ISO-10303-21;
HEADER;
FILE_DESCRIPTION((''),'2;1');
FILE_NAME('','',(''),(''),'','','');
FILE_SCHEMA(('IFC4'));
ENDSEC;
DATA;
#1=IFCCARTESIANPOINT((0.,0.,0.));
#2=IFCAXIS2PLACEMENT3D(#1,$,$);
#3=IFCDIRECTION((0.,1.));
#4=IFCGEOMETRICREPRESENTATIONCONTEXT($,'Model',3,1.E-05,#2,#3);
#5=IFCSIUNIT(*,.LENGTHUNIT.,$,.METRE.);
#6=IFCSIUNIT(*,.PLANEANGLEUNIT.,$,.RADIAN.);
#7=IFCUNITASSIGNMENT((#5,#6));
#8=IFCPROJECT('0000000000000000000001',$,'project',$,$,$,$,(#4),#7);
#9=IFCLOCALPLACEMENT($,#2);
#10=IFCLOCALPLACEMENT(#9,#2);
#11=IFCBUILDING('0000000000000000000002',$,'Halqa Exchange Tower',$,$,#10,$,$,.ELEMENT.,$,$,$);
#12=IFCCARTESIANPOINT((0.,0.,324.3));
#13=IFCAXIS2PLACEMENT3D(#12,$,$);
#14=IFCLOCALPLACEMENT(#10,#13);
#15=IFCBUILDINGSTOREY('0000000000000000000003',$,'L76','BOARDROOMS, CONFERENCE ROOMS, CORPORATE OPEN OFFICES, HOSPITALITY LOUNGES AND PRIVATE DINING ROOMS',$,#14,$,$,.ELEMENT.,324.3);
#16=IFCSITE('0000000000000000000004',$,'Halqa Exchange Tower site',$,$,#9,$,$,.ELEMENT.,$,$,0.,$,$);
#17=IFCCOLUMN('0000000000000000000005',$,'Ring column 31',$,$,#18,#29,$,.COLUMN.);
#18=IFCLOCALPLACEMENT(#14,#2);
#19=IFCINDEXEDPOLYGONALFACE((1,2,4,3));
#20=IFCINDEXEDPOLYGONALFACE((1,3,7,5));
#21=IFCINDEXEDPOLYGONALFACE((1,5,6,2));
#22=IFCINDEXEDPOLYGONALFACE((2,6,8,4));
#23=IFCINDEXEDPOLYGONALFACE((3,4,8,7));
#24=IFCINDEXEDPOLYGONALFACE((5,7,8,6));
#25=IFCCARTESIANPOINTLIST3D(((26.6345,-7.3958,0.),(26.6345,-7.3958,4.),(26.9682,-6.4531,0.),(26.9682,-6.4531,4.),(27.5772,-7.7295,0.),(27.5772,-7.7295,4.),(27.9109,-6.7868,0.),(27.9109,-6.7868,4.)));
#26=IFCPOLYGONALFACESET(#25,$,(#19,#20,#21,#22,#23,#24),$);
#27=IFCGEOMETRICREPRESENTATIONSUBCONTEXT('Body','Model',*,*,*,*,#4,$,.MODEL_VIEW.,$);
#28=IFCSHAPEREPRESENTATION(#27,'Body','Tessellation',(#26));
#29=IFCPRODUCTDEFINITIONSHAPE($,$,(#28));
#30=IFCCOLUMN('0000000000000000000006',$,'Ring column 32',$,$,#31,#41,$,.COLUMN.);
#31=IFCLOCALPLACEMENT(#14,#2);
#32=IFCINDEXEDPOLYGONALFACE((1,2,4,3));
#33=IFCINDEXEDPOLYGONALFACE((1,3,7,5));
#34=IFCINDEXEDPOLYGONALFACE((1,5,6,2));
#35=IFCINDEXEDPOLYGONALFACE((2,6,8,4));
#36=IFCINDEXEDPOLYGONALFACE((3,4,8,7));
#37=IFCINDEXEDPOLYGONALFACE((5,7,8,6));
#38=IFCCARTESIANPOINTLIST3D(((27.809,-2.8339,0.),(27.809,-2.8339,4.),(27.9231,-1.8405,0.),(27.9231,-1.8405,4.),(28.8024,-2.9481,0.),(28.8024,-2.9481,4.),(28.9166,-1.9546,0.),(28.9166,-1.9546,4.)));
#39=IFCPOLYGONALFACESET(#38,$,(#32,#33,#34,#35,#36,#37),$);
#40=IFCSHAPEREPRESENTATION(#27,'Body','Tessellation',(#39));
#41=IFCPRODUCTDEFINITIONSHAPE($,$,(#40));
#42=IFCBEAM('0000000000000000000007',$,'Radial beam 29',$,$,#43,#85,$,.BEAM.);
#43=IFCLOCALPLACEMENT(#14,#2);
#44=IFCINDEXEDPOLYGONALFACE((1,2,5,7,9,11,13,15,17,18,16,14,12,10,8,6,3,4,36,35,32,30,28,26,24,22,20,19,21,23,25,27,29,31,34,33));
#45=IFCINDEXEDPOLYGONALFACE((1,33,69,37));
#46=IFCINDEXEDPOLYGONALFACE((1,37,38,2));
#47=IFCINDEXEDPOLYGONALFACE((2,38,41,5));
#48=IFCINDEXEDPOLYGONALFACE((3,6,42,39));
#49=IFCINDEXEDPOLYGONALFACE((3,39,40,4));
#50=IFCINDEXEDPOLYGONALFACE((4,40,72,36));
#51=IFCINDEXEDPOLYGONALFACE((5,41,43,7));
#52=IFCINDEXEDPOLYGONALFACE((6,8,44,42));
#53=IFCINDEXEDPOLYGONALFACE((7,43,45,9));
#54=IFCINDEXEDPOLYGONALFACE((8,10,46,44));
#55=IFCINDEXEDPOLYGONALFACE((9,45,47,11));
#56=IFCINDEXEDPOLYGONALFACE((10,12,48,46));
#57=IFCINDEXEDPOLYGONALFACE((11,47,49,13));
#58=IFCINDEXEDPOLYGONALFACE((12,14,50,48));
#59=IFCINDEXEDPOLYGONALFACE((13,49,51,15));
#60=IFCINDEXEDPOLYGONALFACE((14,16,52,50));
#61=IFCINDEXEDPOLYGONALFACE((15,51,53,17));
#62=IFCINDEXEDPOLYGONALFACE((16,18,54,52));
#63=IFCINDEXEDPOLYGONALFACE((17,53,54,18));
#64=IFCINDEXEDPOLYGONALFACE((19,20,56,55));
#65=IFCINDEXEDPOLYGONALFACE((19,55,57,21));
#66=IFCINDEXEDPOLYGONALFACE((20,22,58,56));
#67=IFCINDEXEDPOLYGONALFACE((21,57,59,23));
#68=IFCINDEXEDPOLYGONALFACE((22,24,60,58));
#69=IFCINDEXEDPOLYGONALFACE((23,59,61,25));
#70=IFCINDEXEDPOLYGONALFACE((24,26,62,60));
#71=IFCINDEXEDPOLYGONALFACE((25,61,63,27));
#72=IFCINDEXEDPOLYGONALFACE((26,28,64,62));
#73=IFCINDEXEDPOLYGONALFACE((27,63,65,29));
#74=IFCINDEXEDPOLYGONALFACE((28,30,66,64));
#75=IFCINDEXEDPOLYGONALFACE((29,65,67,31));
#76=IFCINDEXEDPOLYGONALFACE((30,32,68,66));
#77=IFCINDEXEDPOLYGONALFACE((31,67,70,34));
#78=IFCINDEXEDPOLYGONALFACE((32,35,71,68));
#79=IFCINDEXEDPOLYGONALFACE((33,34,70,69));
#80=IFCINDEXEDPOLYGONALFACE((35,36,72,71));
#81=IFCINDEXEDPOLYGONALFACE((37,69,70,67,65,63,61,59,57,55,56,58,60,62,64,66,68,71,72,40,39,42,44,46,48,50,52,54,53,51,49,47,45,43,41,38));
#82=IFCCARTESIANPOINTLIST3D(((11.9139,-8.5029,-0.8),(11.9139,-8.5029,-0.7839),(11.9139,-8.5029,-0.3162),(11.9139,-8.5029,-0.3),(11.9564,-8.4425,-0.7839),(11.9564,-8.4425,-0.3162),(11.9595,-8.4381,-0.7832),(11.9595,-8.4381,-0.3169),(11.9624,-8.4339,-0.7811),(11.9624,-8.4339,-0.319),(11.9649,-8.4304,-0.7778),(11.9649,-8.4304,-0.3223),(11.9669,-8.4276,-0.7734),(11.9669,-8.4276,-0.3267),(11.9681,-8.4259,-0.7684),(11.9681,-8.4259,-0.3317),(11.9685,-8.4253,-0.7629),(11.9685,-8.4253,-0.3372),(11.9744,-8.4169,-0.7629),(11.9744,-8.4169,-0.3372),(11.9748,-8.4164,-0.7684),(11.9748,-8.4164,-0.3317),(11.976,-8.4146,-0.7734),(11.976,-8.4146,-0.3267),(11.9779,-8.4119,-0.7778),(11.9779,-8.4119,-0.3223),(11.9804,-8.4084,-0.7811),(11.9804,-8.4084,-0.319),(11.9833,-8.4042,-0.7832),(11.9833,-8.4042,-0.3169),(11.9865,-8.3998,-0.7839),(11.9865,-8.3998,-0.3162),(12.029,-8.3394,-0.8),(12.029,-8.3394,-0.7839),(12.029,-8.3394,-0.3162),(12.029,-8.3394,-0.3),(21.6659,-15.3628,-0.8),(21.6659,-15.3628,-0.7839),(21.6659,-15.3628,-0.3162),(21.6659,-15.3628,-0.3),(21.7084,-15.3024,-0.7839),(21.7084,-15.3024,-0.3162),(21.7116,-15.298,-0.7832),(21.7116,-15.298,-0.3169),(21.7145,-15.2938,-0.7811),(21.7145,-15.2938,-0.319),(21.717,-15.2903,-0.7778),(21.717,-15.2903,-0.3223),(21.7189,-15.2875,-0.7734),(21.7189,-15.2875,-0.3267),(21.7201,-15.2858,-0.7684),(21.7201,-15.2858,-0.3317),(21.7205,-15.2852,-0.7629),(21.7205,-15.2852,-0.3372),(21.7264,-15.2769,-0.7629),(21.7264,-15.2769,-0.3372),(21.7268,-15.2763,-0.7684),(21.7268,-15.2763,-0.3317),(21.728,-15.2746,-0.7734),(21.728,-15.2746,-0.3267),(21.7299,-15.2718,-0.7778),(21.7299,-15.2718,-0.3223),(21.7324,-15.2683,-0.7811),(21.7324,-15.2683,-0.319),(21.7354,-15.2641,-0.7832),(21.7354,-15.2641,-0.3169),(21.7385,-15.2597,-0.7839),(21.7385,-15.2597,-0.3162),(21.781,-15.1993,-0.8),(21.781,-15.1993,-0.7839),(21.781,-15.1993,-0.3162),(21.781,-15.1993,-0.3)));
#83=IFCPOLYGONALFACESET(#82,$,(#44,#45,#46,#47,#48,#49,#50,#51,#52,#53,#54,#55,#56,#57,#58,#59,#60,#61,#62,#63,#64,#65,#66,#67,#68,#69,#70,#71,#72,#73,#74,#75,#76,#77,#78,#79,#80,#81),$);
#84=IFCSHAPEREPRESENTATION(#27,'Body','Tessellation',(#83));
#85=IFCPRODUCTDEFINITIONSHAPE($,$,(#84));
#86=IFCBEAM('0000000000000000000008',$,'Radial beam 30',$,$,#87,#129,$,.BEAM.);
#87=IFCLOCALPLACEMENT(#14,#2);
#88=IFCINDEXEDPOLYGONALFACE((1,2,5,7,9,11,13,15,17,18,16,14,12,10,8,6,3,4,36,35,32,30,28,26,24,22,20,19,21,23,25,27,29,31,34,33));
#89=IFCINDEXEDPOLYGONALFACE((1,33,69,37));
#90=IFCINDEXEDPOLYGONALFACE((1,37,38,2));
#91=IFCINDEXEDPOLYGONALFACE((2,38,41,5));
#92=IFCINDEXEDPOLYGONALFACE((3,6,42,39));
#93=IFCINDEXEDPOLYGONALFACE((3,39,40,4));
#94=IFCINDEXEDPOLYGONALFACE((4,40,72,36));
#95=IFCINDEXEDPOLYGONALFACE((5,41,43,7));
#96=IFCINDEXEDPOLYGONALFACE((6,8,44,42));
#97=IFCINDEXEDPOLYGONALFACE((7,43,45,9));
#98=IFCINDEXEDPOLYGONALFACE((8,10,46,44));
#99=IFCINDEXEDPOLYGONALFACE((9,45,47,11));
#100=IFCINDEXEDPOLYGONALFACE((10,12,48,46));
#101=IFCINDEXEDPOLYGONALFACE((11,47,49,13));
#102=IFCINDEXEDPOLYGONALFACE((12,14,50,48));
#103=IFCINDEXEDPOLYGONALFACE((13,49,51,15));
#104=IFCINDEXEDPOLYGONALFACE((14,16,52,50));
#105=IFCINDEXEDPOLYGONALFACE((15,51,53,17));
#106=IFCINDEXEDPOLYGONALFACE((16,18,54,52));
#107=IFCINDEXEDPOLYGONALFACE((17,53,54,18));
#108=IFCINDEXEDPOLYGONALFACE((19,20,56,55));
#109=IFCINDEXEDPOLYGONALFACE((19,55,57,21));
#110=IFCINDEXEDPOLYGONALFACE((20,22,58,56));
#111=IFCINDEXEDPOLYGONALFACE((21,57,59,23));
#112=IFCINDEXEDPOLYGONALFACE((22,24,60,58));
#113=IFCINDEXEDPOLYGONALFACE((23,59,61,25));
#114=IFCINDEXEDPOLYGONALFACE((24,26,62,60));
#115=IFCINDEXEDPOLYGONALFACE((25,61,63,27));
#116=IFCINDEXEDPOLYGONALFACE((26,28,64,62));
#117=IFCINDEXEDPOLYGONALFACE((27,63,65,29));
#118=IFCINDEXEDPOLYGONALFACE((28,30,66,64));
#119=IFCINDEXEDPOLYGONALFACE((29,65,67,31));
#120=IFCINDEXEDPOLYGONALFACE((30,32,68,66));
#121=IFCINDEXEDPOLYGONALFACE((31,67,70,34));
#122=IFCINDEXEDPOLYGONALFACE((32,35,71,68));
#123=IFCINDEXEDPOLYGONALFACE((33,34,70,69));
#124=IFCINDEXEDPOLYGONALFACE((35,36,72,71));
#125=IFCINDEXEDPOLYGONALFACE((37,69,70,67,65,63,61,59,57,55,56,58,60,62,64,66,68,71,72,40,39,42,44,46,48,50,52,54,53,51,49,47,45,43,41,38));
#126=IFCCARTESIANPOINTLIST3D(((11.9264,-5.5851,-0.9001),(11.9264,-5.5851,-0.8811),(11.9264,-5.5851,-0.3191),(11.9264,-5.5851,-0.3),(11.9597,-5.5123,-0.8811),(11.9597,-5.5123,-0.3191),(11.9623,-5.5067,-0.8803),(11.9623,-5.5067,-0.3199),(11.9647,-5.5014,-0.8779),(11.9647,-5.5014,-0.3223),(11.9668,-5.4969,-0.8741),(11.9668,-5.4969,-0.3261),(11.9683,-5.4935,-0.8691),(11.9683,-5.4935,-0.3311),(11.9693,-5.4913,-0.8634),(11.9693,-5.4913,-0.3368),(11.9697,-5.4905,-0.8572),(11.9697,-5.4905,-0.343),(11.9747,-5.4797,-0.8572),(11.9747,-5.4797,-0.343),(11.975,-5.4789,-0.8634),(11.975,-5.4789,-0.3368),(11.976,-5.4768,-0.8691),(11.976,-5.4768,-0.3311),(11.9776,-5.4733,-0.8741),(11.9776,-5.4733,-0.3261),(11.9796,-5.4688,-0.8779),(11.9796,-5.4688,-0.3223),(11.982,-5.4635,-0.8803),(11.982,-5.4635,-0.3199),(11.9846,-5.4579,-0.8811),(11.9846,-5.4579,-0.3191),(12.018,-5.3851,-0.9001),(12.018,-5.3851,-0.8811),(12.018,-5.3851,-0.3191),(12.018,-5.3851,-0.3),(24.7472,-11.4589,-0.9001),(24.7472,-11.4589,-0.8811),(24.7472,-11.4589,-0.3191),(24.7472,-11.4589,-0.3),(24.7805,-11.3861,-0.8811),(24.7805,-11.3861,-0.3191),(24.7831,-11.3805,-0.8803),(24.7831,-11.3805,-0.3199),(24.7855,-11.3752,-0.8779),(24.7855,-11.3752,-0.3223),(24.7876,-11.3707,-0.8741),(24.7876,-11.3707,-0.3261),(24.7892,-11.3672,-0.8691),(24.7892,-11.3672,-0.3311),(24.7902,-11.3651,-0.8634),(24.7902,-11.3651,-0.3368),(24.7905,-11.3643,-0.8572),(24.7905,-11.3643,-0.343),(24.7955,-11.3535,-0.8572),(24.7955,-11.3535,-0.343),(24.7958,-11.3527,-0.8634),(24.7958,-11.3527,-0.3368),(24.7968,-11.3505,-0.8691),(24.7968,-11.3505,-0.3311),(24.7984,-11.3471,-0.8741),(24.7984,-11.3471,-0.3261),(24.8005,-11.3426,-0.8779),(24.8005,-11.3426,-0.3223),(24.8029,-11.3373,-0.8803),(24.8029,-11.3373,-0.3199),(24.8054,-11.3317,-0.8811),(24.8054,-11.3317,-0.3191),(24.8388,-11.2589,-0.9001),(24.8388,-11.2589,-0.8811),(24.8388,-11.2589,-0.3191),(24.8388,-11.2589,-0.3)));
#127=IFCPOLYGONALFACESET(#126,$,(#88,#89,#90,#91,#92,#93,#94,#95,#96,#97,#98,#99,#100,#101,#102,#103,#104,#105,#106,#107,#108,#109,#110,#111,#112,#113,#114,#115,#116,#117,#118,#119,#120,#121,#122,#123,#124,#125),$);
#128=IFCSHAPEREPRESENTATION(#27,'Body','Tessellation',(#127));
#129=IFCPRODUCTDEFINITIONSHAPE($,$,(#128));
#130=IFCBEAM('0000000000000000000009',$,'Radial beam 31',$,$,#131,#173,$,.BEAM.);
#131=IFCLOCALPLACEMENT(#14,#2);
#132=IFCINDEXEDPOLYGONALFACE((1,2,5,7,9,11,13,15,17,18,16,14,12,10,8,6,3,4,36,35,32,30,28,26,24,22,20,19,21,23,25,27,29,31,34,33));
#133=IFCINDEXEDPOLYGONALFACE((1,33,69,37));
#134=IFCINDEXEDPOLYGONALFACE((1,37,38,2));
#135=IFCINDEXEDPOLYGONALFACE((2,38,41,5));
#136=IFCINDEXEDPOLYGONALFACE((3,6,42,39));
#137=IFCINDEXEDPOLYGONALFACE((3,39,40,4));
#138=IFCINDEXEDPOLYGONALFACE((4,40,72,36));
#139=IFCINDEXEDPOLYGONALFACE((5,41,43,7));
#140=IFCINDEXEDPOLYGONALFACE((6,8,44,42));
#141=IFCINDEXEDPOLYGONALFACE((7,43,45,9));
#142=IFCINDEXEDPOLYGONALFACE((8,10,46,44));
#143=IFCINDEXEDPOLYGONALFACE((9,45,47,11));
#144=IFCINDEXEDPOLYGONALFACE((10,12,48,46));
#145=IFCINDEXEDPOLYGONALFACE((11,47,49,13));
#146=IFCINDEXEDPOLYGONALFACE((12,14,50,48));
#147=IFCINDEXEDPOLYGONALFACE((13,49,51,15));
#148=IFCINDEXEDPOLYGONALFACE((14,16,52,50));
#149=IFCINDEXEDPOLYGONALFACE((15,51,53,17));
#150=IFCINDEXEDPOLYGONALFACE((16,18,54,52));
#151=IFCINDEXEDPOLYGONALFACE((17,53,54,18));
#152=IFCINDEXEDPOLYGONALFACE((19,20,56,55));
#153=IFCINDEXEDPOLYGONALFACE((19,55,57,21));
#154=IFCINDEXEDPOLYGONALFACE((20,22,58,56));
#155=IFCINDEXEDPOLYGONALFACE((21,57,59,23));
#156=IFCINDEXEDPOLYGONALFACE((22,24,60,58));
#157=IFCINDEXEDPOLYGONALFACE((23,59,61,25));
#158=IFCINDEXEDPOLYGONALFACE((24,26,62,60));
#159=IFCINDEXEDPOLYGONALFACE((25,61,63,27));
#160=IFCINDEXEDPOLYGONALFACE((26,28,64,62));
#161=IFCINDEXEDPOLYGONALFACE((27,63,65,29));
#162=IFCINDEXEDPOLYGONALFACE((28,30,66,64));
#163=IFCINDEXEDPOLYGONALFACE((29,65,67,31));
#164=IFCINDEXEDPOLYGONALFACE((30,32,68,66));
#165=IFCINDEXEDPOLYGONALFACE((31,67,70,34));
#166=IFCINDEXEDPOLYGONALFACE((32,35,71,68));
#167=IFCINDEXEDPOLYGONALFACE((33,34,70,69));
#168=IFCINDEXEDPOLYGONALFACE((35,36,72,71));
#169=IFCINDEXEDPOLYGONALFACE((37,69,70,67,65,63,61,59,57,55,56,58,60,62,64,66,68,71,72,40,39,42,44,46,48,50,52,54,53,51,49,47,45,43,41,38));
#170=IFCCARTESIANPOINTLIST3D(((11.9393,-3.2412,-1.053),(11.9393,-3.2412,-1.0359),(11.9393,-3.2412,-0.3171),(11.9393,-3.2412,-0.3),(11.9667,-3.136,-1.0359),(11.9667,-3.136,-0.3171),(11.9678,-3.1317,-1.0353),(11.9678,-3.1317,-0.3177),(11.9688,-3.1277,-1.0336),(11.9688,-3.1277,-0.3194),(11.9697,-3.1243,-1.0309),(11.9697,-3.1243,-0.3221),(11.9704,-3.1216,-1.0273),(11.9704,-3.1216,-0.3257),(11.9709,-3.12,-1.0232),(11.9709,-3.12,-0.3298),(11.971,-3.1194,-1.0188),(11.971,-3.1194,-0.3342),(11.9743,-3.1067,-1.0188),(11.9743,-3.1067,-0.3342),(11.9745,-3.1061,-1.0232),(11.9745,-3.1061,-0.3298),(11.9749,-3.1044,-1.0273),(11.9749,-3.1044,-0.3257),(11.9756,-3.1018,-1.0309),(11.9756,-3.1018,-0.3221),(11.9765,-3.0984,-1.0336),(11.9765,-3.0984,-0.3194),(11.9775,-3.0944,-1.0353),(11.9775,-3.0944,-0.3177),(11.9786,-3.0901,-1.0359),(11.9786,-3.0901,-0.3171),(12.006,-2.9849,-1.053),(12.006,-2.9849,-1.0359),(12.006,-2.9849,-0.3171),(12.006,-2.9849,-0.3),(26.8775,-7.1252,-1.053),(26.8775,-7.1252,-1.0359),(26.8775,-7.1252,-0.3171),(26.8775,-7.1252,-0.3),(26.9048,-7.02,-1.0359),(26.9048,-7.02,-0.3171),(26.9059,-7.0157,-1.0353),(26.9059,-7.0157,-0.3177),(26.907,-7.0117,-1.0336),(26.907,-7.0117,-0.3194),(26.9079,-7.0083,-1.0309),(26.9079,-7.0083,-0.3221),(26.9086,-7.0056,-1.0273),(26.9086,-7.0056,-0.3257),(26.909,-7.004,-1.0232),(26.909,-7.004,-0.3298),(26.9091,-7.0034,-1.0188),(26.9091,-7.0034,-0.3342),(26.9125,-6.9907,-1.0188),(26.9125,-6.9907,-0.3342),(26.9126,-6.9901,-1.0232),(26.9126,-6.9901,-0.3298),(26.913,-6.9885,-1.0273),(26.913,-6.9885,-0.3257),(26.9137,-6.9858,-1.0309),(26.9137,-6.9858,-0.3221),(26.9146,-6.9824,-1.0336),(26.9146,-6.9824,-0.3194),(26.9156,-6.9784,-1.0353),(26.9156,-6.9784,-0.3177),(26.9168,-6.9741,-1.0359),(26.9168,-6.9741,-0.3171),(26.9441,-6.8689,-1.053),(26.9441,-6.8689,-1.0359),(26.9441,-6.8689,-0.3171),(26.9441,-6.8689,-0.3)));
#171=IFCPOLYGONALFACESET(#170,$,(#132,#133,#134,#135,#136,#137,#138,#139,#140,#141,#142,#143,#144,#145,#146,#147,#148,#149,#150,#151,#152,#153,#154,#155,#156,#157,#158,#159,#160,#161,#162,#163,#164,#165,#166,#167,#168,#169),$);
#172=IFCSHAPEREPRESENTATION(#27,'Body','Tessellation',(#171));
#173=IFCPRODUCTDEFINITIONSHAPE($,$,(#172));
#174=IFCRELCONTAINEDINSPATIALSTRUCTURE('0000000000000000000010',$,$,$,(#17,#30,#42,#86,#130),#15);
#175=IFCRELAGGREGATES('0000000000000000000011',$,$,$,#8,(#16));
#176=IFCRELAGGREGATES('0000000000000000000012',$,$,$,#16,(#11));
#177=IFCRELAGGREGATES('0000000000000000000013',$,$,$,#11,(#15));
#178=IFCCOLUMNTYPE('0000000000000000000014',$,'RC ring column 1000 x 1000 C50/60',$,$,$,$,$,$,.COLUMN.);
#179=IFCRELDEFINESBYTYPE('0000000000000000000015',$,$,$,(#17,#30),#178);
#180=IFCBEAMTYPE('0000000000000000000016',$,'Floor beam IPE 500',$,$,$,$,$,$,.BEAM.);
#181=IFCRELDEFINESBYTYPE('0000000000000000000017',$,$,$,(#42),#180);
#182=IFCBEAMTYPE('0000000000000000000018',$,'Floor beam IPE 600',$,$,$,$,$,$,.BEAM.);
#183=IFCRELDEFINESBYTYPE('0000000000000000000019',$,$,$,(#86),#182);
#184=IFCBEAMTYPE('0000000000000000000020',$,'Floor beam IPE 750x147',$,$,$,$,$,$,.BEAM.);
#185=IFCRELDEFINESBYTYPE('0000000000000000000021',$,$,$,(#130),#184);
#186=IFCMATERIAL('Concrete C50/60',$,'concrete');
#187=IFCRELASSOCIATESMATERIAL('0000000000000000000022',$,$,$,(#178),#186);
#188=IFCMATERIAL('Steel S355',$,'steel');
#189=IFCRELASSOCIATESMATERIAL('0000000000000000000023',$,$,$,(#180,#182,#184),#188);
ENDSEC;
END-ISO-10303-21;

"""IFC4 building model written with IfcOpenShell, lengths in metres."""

from ifc_helpers import new_model, si_unit, direction, frame, origin, origin_2d, place, context, subcontext, project, spatial, rectangle, i_section, extrude, material, material_profile, profile_set, type_object, element, save


model = new_model("IFC4")

# Units and contexts
model_context = context("Model", 3, precision=1e-05, world=origin(), true_north=direction((0.0, 1.0)))
body_context = subcontext(model_context, "Body", "Model", "MODEL_VIEW")
ifc_project = project(units=[si_unit("LENGTHUNIT", "METRE"), si_unit("PLANEANGLEUNIT", "RADIAN")], contexts=[model_context])

# Site, building, storey
site_placement = place(None, origin())
site = spatial("IfcSite", under=ifc_project, at=site_placement, Name="Halqa Exchange Tower site", CompositionType="ELEMENT", RefElevation=0.0)
building_placement = place(site_placement, origin())
building = spatial("IfcBuilding", under=site, at=building_placement, Name="Halqa Exchange Tower", CompositionType="ELEMENT")
storey_placement = place(building_placement, frame((0.0, 0.0, 324.3)))
storey = spatial("IfcBuildingStorey", under=building, at=storey_placement, Name="L76", Description="BOARDROOMS, CONFERENCE ROOMS, CORPORATE OPEN OFFICES, HOSPITALITY LOUNGES AND PRIVATE DINING ROOMS", CompositionType="ELEMENT", Elevation=324.3)

# Columns
ifc_material_1 = material(Name="Concrete C50/60", Category="concrete")
ifc_material_profile_1 = material_profile(ifc_material_1, rectangle(XDim=1.0, YDim=1.0, at=origin_2d()), Name="1000 x 1000")
ifc_profile_set_1 = profile_set([ifc_material_profile_1], Name="Concrete C50/60")
column_type = type_object("IfcColumnType", Name="RC ring column 1000 x 1000 C50/60", PredefinedType="COLUMN", material=ifc_profile_set_1)
for number, where, z_axis, x_axis, name in (
    (1, (27.2727, -7.0913, 0.0), (0.0, 0.0, 1.0), (0.333624, 0.942706, 0.0), "Ring column 31"),
    (2, (28.3628, -2.3943, 0.0), (0.0, 0.0, 1.0), (0.11416, 0.993462, 0.0), "Ring column 32"),
):
    element("IfcColumn", number, at=place(storey_placement, frame(where, z_axis=z_axis, x_axis=x_axis)), inside=storey, type_object=column_type, Name=name, PredefinedType="COLUMN", context=body_context, shape_type="SweptSolid", body=[
        extrude(rectangle(XDim=1.0, YDim=1.0, at=origin_2d()), origin(), (0.0, 0.0, 1.0), 4.0),
    ])

# Beams
ifc_material_2 = material(Name="Steel S355", Category="steel")
ifc_material_profile_2 = material_profile(ifc_material_2, i_section(OverallWidth=0.2, OverallDepth=0.5, WebThickness=0.0103, FlangeThickness=0.0161, FilletRadius=0.021, at=origin_2d()), Name="IPE 500")
ifc_profile_set_2 = profile_set([ifc_material_profile_2], Name="Steel S355")
beam_type_1 = type_object("IfcBeamType", Name="Floor beam IPE 500", PredefinedType="BEAM", material=ifc_profile_set_2)
beam_1_placement = place(storey_placement, frame((11.9714, -8.4211, -0.55), z_axis=(0.81791, -0.575346, 0.0), x_axis=(0.575346, 0.81791, 0.0)))
element("IfcBeam", 3, at=beam_1_placement, inside=storey, type_object=beam_type_1, Name="Radial beam 29", PredefinedType="BEAM", context=body_context, shape_type="SweptSolid", body=[
    extrude(i_section(OverallWidth=0.2, OverallDepth=0.5, WebThickness=0.0103, FlangeThickness=0.0161, FilletRadius=0.021, at=origin_2d()), origin(), (0.0, 0.0, 1.0), 11.9231),
])
ifc_material_profile_3 = material_profile(ifc_material_2, i_section(OverallWidth=0.22, OverallDepth=0.6001, WebThickness=0.012, FlangeThickness=0.019, FilletRadius=0.0239, at=origin_2d()), Name="IPE 600")
ifc_profile_set_3 = profile_set([ifc_material_profile_3], Name="Steel S355")
beam_type_2 = type_object("IfcBeamType", Name="Floor beam IPE 600", PredefinedType="BEAM", material=ifc_profile_set_3)
beam_2_placement = place(storey_placement, frame((11.9722, -5.4851, -0.6001), z_axis=(0.90913, -0.416513, 0.0), x_axis=(0.416513, 0.90913, 0.0)))
element("IfcBeam", 4, at=beam_2_placement, inside=storey, type_object=beam_type_2, Name="Radial beam 30", PredefinedType="BEAM", context=body_context, shape_type="SweptSolid", body=[
    extrude(i_section(OverallWidth=0.22, OverallDepth=0.6001, WebThickness=0.012, FlangeThickness=0.019, FilletRadius=0.0239, at=origin_2d()), origin(), (0.0, 0.0, 1.0), 14.1023),
])
ifc_material_profile_4 = material_profile(ifc_material_2, i_section(OverallWidth=0.2649, OverallDepth=0.7529, WebThickness=0.0132, FlangeThickness=0.0171, FilletRadius=0.0171, at=origin_2d()), Name="IPE 750x147")
ifc_profile_set_4 = profile_set([ifc_material_profile_4], Name="Steel S355")
beam_type_3 = type_object("IfcBeamType", Name="Floor beam IPE 750x147", PredefinedType="BEAM", material=ifc_profile_set_4)
beam_3_placement = place(storey_placement, frame((11.9727, -3.113, -0.6765), z_axis=(0.967821, -0.251639, 0.0), x_axis=(0.251639, 0.967821, 0.0)))
element("IfcBeam", 5, at=beam_3_placement, inside=storey, type_object=beam_type_3, Name="Radial beam 31", PredefinedType="BEAM", context=body_context, shape_type="SweptSolid", body=[
    extrude(i_section(OverallWidth=0.2649, OverallDepth=0.7529, WebThickness=0.0132, FlangeThickness=0.0171, FilletRadius=0.0171, at=origin_2d()), origin(), (0.0, 0.0, 1.0), 15.4348),
])

save(model, "model.ifc")
